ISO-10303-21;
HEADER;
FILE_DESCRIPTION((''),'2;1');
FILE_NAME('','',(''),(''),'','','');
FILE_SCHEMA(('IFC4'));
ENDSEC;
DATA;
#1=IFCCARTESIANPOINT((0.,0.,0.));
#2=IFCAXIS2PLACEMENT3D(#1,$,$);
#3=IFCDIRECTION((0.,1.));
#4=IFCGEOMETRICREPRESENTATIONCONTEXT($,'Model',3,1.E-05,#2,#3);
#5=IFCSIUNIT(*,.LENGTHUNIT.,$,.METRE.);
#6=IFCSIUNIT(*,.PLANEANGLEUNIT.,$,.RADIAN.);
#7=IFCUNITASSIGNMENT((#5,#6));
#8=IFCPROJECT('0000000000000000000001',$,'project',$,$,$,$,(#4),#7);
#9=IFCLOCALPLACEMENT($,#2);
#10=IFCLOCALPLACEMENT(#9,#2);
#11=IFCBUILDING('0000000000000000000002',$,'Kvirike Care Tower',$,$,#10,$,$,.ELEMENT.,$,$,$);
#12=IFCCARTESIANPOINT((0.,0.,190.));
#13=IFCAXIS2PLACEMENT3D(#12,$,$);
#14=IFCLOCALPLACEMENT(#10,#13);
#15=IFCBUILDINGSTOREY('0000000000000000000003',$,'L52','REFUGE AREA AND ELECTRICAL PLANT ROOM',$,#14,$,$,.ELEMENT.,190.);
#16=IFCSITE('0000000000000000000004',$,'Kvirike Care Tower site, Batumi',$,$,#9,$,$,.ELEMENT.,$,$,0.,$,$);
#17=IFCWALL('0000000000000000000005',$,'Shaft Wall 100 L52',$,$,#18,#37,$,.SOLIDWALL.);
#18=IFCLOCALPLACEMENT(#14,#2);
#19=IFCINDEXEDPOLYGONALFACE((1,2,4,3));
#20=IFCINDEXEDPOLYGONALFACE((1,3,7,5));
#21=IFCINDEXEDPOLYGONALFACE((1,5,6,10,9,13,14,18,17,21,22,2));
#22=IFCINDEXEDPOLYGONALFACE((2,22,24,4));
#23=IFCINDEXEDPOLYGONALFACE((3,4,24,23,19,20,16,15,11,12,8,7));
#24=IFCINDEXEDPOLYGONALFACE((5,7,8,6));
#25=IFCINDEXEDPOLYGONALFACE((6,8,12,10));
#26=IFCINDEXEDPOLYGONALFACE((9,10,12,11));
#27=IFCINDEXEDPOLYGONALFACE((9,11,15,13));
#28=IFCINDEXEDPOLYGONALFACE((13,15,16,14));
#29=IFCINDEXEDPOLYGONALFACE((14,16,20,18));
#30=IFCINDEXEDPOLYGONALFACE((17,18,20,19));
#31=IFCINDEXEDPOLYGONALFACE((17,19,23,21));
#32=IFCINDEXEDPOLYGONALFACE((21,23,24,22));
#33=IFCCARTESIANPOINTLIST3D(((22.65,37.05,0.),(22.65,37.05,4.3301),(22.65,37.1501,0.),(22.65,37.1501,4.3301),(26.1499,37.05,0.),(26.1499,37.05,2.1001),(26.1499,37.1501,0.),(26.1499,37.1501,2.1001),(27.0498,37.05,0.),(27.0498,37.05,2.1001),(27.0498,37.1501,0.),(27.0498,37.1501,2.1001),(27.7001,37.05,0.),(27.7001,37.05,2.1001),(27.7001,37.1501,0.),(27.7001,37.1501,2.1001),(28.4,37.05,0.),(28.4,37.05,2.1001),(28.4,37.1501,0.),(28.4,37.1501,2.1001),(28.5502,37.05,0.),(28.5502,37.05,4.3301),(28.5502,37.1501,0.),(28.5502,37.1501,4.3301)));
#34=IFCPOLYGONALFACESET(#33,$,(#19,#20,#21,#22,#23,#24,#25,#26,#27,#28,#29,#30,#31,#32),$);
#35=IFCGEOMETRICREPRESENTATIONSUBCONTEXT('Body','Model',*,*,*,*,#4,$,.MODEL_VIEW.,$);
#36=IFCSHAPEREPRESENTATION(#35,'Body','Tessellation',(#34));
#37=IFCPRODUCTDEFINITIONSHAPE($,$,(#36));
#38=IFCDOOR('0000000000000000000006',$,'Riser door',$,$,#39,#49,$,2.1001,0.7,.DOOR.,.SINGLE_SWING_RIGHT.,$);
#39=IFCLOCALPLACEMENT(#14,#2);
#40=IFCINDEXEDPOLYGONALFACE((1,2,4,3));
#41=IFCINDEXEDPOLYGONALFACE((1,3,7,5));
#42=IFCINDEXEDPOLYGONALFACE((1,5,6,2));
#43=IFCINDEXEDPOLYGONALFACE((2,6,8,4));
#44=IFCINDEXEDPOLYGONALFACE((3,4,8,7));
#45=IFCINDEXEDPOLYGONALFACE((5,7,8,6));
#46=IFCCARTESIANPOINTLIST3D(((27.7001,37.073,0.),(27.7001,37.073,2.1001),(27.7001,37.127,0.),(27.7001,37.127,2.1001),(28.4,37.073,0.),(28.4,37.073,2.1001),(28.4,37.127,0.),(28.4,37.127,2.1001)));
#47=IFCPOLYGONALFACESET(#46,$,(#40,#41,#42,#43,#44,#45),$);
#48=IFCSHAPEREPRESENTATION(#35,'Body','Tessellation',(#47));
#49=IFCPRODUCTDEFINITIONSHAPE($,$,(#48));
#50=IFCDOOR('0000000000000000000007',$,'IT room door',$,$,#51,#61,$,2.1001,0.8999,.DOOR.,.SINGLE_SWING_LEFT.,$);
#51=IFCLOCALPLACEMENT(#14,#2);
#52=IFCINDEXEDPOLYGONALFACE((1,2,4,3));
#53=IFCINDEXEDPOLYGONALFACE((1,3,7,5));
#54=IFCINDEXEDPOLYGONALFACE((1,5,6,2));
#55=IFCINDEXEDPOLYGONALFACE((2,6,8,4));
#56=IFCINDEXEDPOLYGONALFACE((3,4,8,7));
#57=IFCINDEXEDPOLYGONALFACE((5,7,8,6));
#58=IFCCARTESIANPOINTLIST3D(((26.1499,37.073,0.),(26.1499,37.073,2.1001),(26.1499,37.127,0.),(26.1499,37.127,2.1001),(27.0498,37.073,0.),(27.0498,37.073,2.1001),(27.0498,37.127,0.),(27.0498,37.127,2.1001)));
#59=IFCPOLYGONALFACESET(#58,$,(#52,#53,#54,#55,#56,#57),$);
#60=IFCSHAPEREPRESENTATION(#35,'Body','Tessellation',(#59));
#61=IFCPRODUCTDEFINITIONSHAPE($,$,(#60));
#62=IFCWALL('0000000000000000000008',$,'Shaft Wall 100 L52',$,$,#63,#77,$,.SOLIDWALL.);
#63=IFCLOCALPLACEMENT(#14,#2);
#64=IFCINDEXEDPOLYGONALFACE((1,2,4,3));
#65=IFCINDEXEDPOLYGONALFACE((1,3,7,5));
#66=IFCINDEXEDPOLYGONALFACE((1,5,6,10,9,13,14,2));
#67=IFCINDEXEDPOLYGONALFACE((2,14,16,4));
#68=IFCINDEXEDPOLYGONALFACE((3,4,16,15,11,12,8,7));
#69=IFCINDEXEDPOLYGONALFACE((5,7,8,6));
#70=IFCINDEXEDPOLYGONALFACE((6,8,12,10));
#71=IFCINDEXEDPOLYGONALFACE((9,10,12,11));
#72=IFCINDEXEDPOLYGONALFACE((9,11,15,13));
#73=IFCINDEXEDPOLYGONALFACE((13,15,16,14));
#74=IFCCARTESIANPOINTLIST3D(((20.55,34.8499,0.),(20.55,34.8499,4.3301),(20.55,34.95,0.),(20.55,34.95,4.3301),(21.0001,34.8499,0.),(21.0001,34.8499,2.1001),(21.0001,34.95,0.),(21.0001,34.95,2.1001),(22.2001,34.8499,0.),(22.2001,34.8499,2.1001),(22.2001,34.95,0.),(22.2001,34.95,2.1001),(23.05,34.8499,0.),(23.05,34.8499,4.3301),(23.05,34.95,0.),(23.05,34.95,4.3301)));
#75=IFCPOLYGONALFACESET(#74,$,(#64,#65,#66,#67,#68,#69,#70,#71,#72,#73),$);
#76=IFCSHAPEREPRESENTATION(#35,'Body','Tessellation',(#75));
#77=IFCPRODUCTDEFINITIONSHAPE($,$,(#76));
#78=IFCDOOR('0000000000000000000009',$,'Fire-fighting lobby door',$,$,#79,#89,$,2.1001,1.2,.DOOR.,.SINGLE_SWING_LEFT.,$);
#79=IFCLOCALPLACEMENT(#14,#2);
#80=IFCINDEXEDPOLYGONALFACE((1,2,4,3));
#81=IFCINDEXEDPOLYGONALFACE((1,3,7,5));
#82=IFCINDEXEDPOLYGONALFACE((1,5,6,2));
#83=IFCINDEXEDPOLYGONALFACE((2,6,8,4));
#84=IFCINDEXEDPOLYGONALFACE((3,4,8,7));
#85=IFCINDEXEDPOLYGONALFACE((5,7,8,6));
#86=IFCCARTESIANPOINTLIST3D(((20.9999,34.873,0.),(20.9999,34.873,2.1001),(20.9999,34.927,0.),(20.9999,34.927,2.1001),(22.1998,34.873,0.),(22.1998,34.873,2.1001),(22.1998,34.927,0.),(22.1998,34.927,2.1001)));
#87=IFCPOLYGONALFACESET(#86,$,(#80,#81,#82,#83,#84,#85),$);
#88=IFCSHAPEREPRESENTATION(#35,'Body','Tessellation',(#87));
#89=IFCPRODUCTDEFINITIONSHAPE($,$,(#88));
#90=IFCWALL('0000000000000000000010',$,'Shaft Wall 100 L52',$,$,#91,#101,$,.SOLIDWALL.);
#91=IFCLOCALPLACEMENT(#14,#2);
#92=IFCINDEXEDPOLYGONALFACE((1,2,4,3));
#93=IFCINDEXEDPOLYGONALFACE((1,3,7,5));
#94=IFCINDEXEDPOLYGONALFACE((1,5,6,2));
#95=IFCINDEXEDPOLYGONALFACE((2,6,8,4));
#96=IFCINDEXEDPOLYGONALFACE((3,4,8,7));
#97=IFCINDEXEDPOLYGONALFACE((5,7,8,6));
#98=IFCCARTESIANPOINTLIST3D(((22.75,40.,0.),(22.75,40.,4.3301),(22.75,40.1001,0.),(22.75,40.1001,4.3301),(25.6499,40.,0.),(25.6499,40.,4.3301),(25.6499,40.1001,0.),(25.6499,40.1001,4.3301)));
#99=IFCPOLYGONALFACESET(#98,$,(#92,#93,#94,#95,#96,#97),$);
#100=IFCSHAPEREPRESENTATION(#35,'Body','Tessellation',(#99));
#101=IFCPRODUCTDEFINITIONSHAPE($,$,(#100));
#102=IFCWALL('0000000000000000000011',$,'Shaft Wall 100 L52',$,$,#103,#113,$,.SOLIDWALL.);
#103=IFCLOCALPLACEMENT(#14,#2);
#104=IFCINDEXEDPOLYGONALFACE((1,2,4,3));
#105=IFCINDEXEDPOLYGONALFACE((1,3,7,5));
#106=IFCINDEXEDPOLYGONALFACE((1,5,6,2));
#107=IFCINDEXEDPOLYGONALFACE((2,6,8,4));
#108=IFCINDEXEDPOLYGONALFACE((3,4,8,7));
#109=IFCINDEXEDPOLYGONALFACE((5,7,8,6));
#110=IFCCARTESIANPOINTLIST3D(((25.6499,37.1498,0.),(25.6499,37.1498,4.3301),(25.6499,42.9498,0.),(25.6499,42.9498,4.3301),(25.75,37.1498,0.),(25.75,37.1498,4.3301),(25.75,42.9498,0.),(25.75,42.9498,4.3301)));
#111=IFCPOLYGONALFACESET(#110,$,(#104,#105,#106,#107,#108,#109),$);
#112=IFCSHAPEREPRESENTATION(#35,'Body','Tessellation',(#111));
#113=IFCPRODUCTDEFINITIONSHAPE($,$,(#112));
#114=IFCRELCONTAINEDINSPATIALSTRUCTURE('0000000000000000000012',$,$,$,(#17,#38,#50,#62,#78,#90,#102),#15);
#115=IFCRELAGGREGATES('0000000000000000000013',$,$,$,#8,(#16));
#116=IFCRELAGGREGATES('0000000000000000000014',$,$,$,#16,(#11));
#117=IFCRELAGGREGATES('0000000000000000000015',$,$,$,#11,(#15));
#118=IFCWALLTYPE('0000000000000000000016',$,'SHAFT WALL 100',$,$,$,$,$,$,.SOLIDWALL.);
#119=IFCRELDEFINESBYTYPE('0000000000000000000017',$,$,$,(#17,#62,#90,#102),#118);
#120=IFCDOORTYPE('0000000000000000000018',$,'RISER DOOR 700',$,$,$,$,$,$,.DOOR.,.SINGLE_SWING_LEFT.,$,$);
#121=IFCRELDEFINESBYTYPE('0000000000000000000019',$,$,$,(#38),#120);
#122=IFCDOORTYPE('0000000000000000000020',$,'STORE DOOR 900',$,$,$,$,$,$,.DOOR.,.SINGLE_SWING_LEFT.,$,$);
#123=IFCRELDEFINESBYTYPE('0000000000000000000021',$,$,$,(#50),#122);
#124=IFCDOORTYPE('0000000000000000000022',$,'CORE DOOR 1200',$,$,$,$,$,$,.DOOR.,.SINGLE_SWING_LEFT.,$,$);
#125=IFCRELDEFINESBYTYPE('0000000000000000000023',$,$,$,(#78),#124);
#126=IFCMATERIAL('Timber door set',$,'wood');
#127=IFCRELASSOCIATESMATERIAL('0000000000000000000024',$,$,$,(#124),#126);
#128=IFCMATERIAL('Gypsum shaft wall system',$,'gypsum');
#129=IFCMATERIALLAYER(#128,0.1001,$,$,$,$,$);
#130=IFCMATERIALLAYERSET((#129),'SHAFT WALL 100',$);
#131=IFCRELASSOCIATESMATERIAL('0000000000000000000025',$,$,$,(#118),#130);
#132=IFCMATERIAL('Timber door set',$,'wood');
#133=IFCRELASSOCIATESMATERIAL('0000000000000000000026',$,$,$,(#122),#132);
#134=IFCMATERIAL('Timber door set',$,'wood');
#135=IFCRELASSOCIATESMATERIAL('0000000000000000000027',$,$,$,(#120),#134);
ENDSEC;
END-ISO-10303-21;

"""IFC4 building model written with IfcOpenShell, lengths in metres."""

from ifc_helpers import new_model, si_unit, direction, frame, frame_2d, origin, place, context, subcontext, project, spatial, rectangle, extrude, material, layer, layer_set, type_object, element, fill, save


model = new_model("IFC4")

# Units and contexts
model_context = context("Model", 3, precision=1e-05, world=origin(), true_north=direction((0.0, 1.0)))
body_context = subcontext(model_context, "Body", "Model", "MODEL_VIEW")
ifc_project = project(units=[si_unit("LENGTHUNIT", "METRE"), si_unit("PLANEANGLEUNIT", "RADIAN")], contexts=[model_context])

# Site, building, storey
site_placement = place(None, origin())
site = spatial("IfcSite", under=ifc_project, at=site_placement, Name="Kvirike Care Tower site, Batumi", CompositionType="ELEMENT", RefElevation=0.0)
building_placement = place(site_placement, origin())
building = spatial("IfcBuilding", under=site, at=building_placement, Name="Kvirike Care Tower", CompositionType="ELEMENT")
storey_placement = place(building_placement, frame((0.0, 0.0, 190.0)))
storey = spatial("IfcBuildingStorey", under=building, at=storey_placement, Name="L52", Description="REFUGE AREA AND ELECTRICAL PLANT ROOM", CompositionType="ELEMENT", Elevation=190.0)

# Shared definitions
ifc_material_1 = material(Name="Timber door set", Category="wood")
door_type_1 = type_object("IfcDoorType", Name="CORE DOOR 1200", OperationType="SINGLE_SWING_LEFT", PredefinedType="DOOR", material=ifc_material_1)

# Shared definitions
ifc_material_2 = material(Name="Gypsum shaft wall system", Category="gypsum")
ifc_layer_1 = layer(ifc_material_2, 0.1001)
ifc_layer_set_1 = layer_set([ifc_layer_1], Name="SHAFT WALL 100")
wall_type_1 = type_object("IfcWallType", Name="SHAFT WALL 100", PredefinedType="SOLIDWALL", material=ifc_layer_set_1)

# Wall, openings, doors
ifc_material_3 = material(Name="Timber door set", Category="wood")
door_type_2 = type_object("IfcDoorType", Name="STORE DOOR 900", OperationType="SINGLE_SWING_LEFT", PredefinedType="DOOR", material=ifc_material_3)
wall_1_placement = place(storey_placement, frame((22.6499, 37.1001, 0.0), z_axis=(0.0, 0.0, 1.0), x_axis=(1.0, 0.0, 0.0)))
wall_1 = element("IfcWall", 1, at=wall_1_placement, inside=storey, type_object=wall_type_1, Name="Shaft Wall 100 L52", PredefinedType="SOLIDWALL", context=body_context, shape_type="SweptSolid", body=[
    extrude(rectangle(XDim=5.9001, YDim=0.1001, at=frame_2d((2.9502, 0.0))), origin(), (0.0, 0.0, 1.0), 4.3301),
])
opening_1_placement = place(wall_1_placement, frame((3.5, 0.0, 0.0)))
opening_1 = element("IfcOpeningElement", 2, at=opening_1_placement, cuts=wall_1, PredefinedType="OPENING", context=body_context, shape_type="SweptSolid", body=[
    extrude(rectangle(XDim=0.8999, YDim=2.1001, at=frame_2d((0.45, 1.05))), frame((0.0, 0.0605, 0.0), z_axis=(0.0, -1.0, 0.0), x_axis=(1.0, 0.0, 0.0)), (0.0, 0.0, 1.0), 0.1211),
])
opening_2_placement = place(wall_1_placement, frame((5.05, 0.0, 0.0)))
opening_2 = element("IfcOpeningElement", 3, at=opening_2_placement, cuts=wall_1, PredefinedType="OPENING", context=body_context, shape_type="SweptSolid", body=[
    extrude(rectangle(XDim=0.7, YDim=2.1001, at=frame_2d((0.3501, 1.05))), frame((0.0, 0.0605, 0.0), z_axis=(0.0, -1.0, 0.0), x_axis=(1.0, 0.0, 0.0)), (0.0, 0.0, 1.0), 0.1211),
])
ifc_material_4 = material(Name="Timber door set", Category="wood")
door_type_3 = type_object("IfcDoorType", Name="RISER DOOR 700", OperationType="SINGLE_SWING_LEFT", PredefinedType="DOOR", material=ifc_material_4)
door_1_placement = place(opening_2_placement, origin())
door_1 = element("IfcDoor", 4, at=door_1_placement, inside=storey, type_object=door_type_3, Name="Riser door", OperationType="SINGLE_SWING_RIGHT", OverallHeight=2.1001, OverallWidth=0.7, PredefinedType="DOOR", context=body_context, shape_type="SweptSolid", body=[
    extrude(rectangle(XDim=0.7, YDim=2.1001, at=frame_2d((0.3501, 1.05))), frame((0.0, 0.0269, 0.0), z_axis=(0.0, -1.0, 0.0), x_axis=(1.0, 0.0, 0.0)), (0.0, 0.0, 1.0), 0.054),
])
fill(opening_2, door_1)
door_2_placement = place(opening_1_placement, origin())
door_2 = element("IfcDoor", 5, at=door_2_placement, inside=storey, type_object=door_type_2, Name="IT room door", OperationType="SINGLE_SWING_LEFT", OverallHeight=2.1001, OverallWidth=0.8999, PredefinedType="DOOR", context=body_context, shape_type="SweptSolid", body=[
    extrude(rectangle(XDim=0.8999, YDim=2.1001, at=frame_2d((0.45, 1.05))), frame((0.0, 0.0269, 0.0), z_axis=(0.0, -1.0, 0.0), x_axis=(1.0, 0.0, 0.0)), (0.0, 0.0, 1.0), 0.054),
])
fill(opening_1, door_2)

# Wall, opening, door
wall_2_placement = place(storey_placement, frame((20.55, 34.8999, 0.0), z_axis=(0.0, 0.0, 1.0), x_axis=(1.0, 0.0, 0.0)))
wall_2 = element("IfcWall", 6, at=wall_2_placement, inside=storey, type_object=wall_type_1, Name="Shaft Wall 100 L52", PredefinedType="SOLIDWALL", context=body_context, shape_type="SweptSolid", body=[
    extrude(rectangle(XDim=2.5, YDim=0.1001, at=frame_2d((1.25, 0.0))), origin(), (0.0, 0.0, 1.0), 4.3301),
])
opening_3_placement = place(wall_2_placement, frame((0.45, 0.0, 0.0)))
opening_3 = element("IfcOpeningElement", 7, at=opening_3_placement, cuts=wall_2, PredefinedType="OPENING", context=body_context, shape_type="SweptSolid", body=[
    extrude(rectangle(XDim=1.2, YDim=2.1001, at=frame_2d((0.6001, 1.05))), frame((0.0, 0.0605, 0.0), z_axis=(0.0, -1.0, 0.0), x_axis=(1.0, 0.0, 0.0)), (0.0, 0.0, 1.0), 0.1211),
])
door_3_placement = place(opening_3_placement, frame((1.2, 0.0, 0.0), z_axis=(0.0, 0.0, 1.0), x_axis=(-1.0, 0.0, 0.0)))
door_3 = element("IfcDoor", 8, at=door_3_placement, inside=storey, type_object=door_type_1, Name="Fire-fighting lobby door", OperationType="SINGLE_SWING_LEFT", OverallHeight=2.1001, OverallWidth=1.2, PredefinedType="DOOR", context=body_context, shape_type="SweptSolid", body=[
    extrude(rectangle(XDim=1.2, YDim=2.1001, at=frame_2d((0.6001, 1.05))), frame((0.0, 0.0269, 0.0), z_axis=(0.0, -1.0, 0.0), x_axis=(1.0, 0.0, 0.0)), (0.0, 0.0, 1.0), 0.054),
])
fill(opening_3, door_3)

# Walls
wall_3_placement = place(storey_placement, frame((22.75, 40.05, 0.0), z_axis=(0.0, 0.0, 1.0), x_axis=(1.0, 0.0, 0.0)))
element("IfcWall", 9, at=wall_3_placement, inside=storey, type_object=wall_type_1, Name="Shaft Wall 100 L52", PredefinedType="SOLIDWALL", context=body_context, shape_type="SweptSolid", body=[
    extrude(rectangle(XDim=2.8999, YDim=0.1001, at=frame_2d((1.45, 0.0))), origin(), (0.0, 0.0, 1.0), 4.3301),
])
wall_4_placement = place(storey_placement, frame((25.7, 37.1499, 0.0), z_axis=(0.0, 0.0, 1.0), x_axis=(0.0, 1.0, 0.0)))
element("IfcWall", 10, at=wall_4_placement, inside=storey, type_object=wall_type_1, Name="Shaft Wall 100 L52", PredefinedType="SOLIDWALL", context=body_context, shape_type="SweptSolid", body=[
    extrude(rectangle(XDim=5.8, YDim=0.1001, at=frame_2d((2.8999, 0.0))), origin(), (0.0, 0.0, 1.0), 4.3301),
])

save(model, "model.ifc")
